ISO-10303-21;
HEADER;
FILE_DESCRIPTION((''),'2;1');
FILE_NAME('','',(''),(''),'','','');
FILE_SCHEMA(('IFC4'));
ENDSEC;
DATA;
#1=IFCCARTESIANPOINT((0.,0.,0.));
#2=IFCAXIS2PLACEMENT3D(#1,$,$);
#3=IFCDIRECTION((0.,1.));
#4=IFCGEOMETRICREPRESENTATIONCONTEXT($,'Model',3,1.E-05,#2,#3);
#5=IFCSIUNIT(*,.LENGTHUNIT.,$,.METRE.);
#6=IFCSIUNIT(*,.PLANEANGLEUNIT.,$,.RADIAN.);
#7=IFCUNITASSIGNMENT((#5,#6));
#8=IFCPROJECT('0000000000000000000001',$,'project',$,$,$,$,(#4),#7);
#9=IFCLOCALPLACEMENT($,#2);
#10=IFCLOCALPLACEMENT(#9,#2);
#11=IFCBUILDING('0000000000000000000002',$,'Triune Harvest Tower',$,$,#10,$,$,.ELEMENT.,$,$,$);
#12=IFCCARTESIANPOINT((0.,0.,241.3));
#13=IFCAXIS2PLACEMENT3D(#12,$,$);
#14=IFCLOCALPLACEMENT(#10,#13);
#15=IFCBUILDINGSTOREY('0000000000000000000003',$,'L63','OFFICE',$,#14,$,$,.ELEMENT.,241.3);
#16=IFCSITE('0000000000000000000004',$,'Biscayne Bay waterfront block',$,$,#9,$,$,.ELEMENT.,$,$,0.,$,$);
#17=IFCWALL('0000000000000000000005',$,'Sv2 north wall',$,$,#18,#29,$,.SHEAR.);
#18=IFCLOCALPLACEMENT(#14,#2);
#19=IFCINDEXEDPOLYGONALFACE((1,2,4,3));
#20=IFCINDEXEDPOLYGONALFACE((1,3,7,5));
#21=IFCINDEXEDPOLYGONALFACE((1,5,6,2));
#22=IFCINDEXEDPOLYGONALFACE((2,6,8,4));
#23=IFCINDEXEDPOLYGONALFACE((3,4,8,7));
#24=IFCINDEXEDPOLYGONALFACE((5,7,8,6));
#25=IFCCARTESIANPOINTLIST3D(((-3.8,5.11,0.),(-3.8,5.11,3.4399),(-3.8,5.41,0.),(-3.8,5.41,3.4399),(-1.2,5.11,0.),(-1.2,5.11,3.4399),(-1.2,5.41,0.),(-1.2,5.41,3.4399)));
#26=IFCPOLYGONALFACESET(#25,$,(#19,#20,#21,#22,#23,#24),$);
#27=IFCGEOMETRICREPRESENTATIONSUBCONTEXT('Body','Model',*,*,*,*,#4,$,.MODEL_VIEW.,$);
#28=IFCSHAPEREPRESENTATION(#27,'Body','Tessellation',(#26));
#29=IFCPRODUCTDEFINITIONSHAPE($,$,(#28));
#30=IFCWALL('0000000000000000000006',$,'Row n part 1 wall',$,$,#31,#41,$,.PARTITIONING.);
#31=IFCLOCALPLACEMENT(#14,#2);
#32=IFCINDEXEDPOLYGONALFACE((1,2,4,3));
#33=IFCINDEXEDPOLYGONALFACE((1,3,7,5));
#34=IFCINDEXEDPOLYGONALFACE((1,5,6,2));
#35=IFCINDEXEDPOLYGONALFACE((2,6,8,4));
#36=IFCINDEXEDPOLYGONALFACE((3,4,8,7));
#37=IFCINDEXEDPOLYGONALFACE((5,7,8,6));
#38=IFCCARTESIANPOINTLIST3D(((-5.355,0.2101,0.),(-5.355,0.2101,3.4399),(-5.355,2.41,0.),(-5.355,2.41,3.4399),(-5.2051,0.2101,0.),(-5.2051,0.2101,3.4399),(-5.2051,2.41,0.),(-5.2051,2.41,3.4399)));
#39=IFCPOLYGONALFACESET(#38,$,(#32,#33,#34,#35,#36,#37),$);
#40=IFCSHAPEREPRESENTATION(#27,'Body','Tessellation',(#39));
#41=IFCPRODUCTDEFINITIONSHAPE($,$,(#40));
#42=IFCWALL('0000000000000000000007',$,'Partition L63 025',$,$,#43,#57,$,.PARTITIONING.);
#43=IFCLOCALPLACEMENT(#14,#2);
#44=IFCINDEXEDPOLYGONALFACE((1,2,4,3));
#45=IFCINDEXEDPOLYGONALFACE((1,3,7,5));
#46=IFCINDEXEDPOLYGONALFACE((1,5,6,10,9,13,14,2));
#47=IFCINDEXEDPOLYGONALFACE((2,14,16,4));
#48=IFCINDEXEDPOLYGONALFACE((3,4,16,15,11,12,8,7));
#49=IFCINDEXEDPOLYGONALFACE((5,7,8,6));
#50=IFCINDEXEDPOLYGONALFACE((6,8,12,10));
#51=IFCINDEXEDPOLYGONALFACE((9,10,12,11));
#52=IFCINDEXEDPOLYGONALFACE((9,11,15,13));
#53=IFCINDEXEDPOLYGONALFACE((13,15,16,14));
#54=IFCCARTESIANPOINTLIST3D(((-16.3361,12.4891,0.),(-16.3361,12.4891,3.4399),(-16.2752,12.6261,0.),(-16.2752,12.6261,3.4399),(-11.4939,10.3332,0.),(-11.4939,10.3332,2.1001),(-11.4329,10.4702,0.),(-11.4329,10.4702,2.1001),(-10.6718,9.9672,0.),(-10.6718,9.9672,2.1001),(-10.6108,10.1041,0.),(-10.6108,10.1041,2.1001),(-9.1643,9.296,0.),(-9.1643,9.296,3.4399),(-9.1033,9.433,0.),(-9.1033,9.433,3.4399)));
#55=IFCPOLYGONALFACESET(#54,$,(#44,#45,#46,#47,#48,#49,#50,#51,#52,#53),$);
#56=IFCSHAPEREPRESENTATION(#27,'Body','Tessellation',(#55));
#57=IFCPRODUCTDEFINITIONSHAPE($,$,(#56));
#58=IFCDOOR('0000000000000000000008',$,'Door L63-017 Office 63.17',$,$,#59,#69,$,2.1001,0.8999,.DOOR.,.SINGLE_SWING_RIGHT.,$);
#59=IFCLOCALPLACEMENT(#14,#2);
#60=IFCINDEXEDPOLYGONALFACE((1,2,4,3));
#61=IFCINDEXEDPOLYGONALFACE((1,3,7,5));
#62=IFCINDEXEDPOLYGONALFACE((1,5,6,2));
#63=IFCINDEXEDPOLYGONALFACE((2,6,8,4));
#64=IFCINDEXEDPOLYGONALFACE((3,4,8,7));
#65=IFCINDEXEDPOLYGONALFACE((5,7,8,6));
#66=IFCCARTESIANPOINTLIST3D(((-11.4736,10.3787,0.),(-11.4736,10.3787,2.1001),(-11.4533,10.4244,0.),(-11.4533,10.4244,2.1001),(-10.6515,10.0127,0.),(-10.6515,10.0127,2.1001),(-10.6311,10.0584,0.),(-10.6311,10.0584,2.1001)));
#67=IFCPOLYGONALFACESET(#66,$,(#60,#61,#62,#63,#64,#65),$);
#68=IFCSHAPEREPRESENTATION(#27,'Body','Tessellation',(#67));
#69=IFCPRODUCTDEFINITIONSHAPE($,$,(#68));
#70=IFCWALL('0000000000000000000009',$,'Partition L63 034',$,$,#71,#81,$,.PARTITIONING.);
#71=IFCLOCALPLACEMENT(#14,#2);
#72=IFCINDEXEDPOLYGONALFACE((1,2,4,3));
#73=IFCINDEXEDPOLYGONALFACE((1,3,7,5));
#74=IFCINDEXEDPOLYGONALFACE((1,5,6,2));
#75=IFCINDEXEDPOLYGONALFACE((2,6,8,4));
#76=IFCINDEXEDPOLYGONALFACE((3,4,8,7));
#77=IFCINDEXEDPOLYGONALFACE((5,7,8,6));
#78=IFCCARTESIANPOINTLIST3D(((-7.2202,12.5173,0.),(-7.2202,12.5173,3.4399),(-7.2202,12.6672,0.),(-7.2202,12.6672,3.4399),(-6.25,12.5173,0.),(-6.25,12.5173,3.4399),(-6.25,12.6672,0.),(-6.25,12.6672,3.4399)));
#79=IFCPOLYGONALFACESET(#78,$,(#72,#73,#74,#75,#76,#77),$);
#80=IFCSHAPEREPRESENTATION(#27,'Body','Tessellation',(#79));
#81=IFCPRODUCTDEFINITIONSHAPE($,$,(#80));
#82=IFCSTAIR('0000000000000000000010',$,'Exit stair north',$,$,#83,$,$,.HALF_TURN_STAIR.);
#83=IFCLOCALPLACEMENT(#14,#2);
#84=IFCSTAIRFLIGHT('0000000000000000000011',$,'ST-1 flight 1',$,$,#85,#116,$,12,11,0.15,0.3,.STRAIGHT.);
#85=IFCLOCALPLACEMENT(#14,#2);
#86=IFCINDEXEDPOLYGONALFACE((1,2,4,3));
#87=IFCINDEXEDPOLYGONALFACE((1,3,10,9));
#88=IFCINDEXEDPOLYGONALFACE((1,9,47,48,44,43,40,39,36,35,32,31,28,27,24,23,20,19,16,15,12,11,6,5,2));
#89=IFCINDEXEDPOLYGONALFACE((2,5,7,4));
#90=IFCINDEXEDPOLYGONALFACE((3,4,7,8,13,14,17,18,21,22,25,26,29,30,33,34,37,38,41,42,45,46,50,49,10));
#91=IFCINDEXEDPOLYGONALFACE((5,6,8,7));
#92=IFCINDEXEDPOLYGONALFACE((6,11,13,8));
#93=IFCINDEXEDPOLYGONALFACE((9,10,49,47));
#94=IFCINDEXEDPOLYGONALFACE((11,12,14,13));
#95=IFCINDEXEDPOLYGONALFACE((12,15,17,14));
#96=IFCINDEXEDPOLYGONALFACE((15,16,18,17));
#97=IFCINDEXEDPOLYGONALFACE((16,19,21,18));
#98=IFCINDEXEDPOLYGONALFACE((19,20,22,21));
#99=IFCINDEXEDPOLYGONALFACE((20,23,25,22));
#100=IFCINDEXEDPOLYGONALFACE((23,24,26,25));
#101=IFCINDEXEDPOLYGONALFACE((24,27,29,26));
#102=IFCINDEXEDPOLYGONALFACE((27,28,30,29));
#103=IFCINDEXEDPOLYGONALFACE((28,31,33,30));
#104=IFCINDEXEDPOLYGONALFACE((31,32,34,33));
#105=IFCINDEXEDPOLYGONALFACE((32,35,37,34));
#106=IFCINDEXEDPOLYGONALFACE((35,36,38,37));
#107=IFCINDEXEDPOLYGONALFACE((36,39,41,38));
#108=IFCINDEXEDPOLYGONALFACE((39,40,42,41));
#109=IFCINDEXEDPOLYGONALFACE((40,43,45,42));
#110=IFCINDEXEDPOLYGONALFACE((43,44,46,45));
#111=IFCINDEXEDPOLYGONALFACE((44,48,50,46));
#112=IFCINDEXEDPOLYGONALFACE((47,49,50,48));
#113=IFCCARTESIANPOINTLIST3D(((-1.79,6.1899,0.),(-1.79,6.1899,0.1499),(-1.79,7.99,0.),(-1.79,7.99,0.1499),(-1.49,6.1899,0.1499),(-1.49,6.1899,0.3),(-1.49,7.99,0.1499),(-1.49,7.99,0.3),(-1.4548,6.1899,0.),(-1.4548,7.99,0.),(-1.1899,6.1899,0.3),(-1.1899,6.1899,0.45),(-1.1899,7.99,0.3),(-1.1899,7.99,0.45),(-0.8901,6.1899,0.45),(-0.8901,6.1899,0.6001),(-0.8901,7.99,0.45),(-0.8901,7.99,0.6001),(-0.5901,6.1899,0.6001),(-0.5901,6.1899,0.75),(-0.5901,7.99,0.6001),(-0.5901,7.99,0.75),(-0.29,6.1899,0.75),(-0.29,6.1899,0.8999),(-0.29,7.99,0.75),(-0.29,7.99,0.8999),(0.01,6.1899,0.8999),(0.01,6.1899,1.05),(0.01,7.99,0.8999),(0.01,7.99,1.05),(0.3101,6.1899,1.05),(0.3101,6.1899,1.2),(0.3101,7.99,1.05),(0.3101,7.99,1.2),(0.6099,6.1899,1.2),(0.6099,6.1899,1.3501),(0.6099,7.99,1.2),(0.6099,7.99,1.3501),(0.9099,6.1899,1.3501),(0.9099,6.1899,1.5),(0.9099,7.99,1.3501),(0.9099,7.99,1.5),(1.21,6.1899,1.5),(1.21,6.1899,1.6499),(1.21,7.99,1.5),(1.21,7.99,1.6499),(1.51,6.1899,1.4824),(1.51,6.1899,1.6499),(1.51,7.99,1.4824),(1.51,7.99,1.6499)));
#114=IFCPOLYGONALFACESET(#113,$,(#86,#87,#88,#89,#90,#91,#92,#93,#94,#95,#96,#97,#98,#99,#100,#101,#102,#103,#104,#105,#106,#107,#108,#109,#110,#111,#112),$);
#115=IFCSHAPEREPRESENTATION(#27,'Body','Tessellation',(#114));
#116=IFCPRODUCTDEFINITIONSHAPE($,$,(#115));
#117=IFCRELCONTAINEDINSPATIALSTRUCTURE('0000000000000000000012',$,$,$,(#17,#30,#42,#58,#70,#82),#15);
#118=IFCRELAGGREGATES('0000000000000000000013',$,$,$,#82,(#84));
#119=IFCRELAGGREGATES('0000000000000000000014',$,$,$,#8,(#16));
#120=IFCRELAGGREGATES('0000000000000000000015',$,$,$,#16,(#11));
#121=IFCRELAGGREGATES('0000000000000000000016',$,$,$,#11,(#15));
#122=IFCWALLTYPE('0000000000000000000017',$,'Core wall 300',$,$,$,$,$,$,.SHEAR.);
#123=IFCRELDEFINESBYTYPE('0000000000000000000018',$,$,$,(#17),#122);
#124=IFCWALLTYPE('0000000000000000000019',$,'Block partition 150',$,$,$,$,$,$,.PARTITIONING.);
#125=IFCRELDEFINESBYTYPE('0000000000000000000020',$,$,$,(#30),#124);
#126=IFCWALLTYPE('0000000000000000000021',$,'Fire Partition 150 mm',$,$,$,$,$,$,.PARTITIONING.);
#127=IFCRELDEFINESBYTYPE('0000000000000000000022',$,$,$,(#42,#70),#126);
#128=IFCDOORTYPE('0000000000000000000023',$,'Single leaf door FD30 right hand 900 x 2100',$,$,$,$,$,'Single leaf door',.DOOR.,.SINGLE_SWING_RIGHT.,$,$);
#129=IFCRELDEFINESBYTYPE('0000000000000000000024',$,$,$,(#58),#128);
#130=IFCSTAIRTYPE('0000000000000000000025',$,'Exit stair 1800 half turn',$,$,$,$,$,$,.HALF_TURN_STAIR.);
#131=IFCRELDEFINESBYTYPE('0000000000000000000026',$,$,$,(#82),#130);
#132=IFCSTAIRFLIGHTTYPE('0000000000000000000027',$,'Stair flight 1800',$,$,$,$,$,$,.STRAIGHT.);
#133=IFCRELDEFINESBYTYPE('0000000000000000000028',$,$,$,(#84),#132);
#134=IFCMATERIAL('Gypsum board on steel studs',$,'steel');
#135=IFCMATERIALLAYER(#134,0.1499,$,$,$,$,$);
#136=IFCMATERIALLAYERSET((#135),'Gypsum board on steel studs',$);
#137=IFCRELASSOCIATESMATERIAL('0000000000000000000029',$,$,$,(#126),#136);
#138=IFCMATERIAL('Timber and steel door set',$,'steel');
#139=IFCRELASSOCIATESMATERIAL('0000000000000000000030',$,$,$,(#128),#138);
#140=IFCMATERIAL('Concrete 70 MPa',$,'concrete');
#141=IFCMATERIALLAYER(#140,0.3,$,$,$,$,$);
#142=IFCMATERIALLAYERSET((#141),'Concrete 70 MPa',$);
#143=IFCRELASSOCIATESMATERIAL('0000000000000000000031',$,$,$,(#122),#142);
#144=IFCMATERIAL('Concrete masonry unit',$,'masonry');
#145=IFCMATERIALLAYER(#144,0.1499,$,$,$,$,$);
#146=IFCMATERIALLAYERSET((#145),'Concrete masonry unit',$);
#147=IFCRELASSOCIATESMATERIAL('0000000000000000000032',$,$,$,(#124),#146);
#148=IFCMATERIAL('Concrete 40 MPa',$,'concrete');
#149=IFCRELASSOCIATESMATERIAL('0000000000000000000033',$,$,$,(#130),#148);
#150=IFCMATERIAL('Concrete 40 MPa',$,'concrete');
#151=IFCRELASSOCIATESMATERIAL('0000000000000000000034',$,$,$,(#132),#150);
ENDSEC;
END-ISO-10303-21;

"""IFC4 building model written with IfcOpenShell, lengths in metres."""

from ifc_helpers import new_model, si_unit, direction, frame, frame_2d, origin, place, context, subcontext, project, spatial, polyline, rectangle, outline, extrude, source, transform, mapped, material, layer, layer_set, type_object, element, fill, aggregate, save


model = new_model("IFC4")

# Units and contexts
model_context = context("Model", 3, precision=1e-05, world=origin(), true_north=direction((0.0, 1.0)))
body_context = subcontext(model_context, "Body", "Model", "MODEL_VIEW")
ifc_project = project(units=[si_unit("LENGTHUNIT", "METRE"), si_unit("PLANEANGLEUNIT", "RADIAN")], contexts=[model_context])

# Site, building, storey
site_placement = place(None, origin())
site = spatial("IfcSite", under=ifc_project, at=site_placement, Name="Biscayne Bay waterfront block", CompositionType="ELEMENT", RefElevation=0.0)
building_placement = place(site_placement, origin())
building = spatial("IfcBuilding", under=site, at=building_placement, Name="Triune Harvest Tower", CompositionType="ELEMENT")
storey_placement = place(building_placement, frame((0.0, 0.0, 241.3)))
storey = spatial("IfcBuildingStorey", under=building, at=storey_placement, Name="L63", Description="OFFICE", CompositionType="ELEMENT", Elevation=241.3)

# Shared definitions
ifc_material_1 = material(Name="Gypsum board on steel studs", Category="steel")
ifc_layer_1 = layer(ifc_material_1, 0.1499)
ifc_layer_set_1 = layer_set([ifc_layer_1], Name="Gypsum board on steel studs")
wall_type_1 = type_object("IfcWallType", Name="Fire Partition 150 mm", PredefinedType="PARTITIONING", material=ifc_layer_set_1)

# Shared definitions
ifc_material_2 = material(Name="Timber and steel door set", Category="steel")
door_type_1 = type_object("IfcDoorType", Name="Single leaf door FD30 right hand 900 x 2100", ElementType="Single leaf door", OperationType="SINGLE_SWING_RIGHT", PredefinedType="DOOR", material=ifc_material_2)

# Shared definitions
ifc_material_3 = material(Name="Concrete 70 MPa", Category="concrete")
ifc_layer_2 = layer(ifc_material_3, 0.3)
ifc_layer_set_2 = layer_set([ifc_layer_2], Name="Concrete 70 MPa")
wall_type_2 = type_object("IfcWallType", Name="Core wall 300", PredefinedType="SHEAR", material=ifc_layer_set_2)

# Walls
shared_shape_1 = source(origin(), body_context, "Body", "SweptSolid", [
    extrude(rectangle(XDim=2.6001, YDim=0.3, at=frame_2d((1.3, 0.0))), origin(), (0.0, 0.0, 1.0), 3.4399),
])
wall_1_placement = place(storey_placement, frame((-3.8, 5.26, 0.0), z_axis=(0.0, 0.0, 1.0), x_axis=(1.0, 0.0, 0.0)))
element("IfcWall", 1, at=wall_1_placement, inside=storey, type_object=wall_type_2, Name="Sv2 north wall", PredefinedType="SHEAR", context=body_context, shape_type="MappedRepresentation", body=[
    mapped(shared_shape_1, transform((0.0, 0.0, 0.0), scale=1.0)),
])
ifc_material_4 = material(Name="Concrete masonry unit", Category="masonry")
ifc_layer_3 = layer(ifc_material_4, 0.1499)
ifc_layer_set_3 = layer_set([ifc_layer_3], Name="Concrete masonry unit")
wall_type_3 = type_object("IfcWallType", Name="Block partition 150", PredefinedType="PARTITIONING", material=ifc_layer_set_3)
shared_shape_2 = source(origin(), body_context, "Body", "SweptSolid", [
    extrude(rectangle(XDim=2.2, YDim=0.1499, at=frame_2d((1.1001, 0.0))), origin(), (0.0, 0.0, 1.0), 3.4399),
])
wall_2_placement = place(storey_placement, frame((-5.28, 0.21, 0.0), z_axis=(0.0, 0.0, 1.0), x_axis=(0.0, 1.0, 0.0)))
element("IfcWall", 2, at=wall_2_placement, inside=storey, type_object=wall_type_3, Name="Row n part 1 wall", PredefinedType="PARTITIONING", context=body_context, shape_type="MappedRepresentation", body=[
    mapped(shared_shape_2, transform((0.0, 0.0, 0.0), scale=1.0)),
])

# Wall, opening, door
shared_shape_3 = source(origin(), body_context, "Body", "SweptSolid", [
    extrude(rectangle(XDim=7.8506, YDim=0.1499, at=frame_2d((3.9253, 0.0))), origin(), (0.0, 0.0, 1.0), 3.4399),
])
wall_3_placement = place(storey_placement, frame((-16.3057, 12.5576, 0.0), z_axis=(0.0, 0.0, 1.0), x_axis=(0.913546, -0.406736, 0.0)))
wall_3 = element("IfcWall", 3, at=wall_3_placement, inside=storey, type_object=wall_type_1, Name="Partition L63 025", PredefinedType="PARTITIONING", context=body_context, shape_type="MappedRepresentation", body=[
    mapped(shared_shape_3, transform((0.0, 0.0, 0.0), scale=1.0)),
])
opening_1_placement = place(wall_3_placement, frame((5.3005, 0.0, 0.0)))
opening_1 = element("IfcOpeningElement", 4, at=opening_1_placement, cuts=wall_3, PredefinedType="OPENING", context=body_context, shape_type="SweptSolid", body=[
    extrude(rectangle(XDim=0.8999, YDim=2.1001, at=frame_2d((0.45, 1.05))), frame((0.0, 0.085, 0.0), z_axis=(0.0, -1.0, 0.0), x_axis=(1.0, 0.0, 0.0)), (0.0, 0.0, 1.0), 0.1699),
])
door_1_placement = place(opening_1_placement, origin())
door_1 = element("IfcDoor", 5, at=door_1_placement, inside=storey, type_object=door_type_1, Name="Door L63-017 Office 63.17", OperationType="SINGLE_SWING_RIGHT", OverallHeight=2.1001, OverallWidth=0.8999, PredefinedType="DOOR", context=body_context, shape_type="SweptSolid", body=[
    extrude(rectangle(XDim=0.8999, YDim=2.1001, at=frame_2d((0.45, 1.05))), frame((0.0, 0.0249, 0.0), z_axis=(0.0, -1.0, 0.0), x_axis=(1.0, 0.0, 0.0)), (0.0, 0.0, 1.0), 0.05),
])
fill(opening_1, door_1)

# Wall
shared_shape_4 = source(origin(), body_context, "Body", "SweptSolid", [
    extrude(rectangle(XDim=0.9702, YDim=0.1499, at=frame_2d((0.4851, 0.0))), origin(), (0.0, 0.0, 1.0), 3.4399),
])
wall_4_placement = place(storey_placement, frame((-7.2202, 12.5923, 0.0), z_axis=(0.0, 0.0, 1.0), x_axis=(1.0, 0.0, 0.0)))
element("IfcWall", 6, at=wall_4_placement, inside=storey, type_object=wall_type_1, Name="Partition L63 034", PredefinedType="PARTITIONING", context=body_context, shape_type="MappedRepresentation", body=[
    mapped(shared_shape_4, transform((0.0, 0.0, 0.0), scale=1.0)),
])

# Stair, stair flight
ifc_material_5 = material(Name="Concrete 40 MPa", Category="concrete")
stair_type = type_object("IfcStairType", Name="Exit stair 1800 half turn", PredefinedType="HALF_TURN_STAIR", material=ifc_material_5)
stair_placement = place(storey_placement, origin())
stair = element("IfcStair", 7, at=stair_placement, inside=storey, type_object=stair_type, Name="Exit stair north", PredefinedType="HALF_TURN_STAIR")
ifc_material_6 = material(Name="Concrete 40 MPa", Category="concrete")
stair_flight_type = type_object("IfcStairFlightType", Name="Stair flight 1800", PredefinedType="STRAIGHT", material=ifc_material_6)
shared_shape_5 = source(origin(), body_context, "Body", "SweptSolid", [
    extrude(outline(polyline([(0.0, 0.0), (0.0, 0.1499), (0.3, 0.1499), (0.3, 0.3), (0.6001, 0.3), (0.6001, 0.45), (0.8999, 0.45), (0.8999, 0.6001), (1.2, 0.6001), (1.2, 0.75), (1.5, 0.75), (1.5, 0.8999), (1.8, 0.8999), (1.8, 1.05), (2.1001, 1.05), (2.1001, 1.2), (2.3999, 1.2), (2.3999, 1.3501), (2.7, 1.3501), (2.7, 1.5), (3.0, 1.5), (3.0, 1.6499), (3.3, 1.6499), (3.3, 1.8), (3.3, 1.4824), (0.3352, 0.0), (0.0, 0.0)])), frame((0.0, 0.8999, 0.0), z_axis=(0.0, -1.0, 0.0), x_axis=(1.0, 0.0, 0.0)), (0.0, 0.0, 1.0), 1.8),
])
stair_flight_placement = place(storey_placement, frame((-1.79, 7.0901, 0.0), z_axis=(0.0, 0.0, 1.0), x_axis=(1.0, 0.0, 0.0)))
stair_flight = element("IfcStairFlight", 8, at=stair_flight_placement, type_object=stair_flight_type, Name="ST-1 flight 1", NumberOfRisers=12, NumberOfTreads=11, PredefinedType="STRAIGHT", RiserHeight=0.15, TreadLength=0.3, context=body_context, shape_type="MappedRepresentation", body=[
    mapped(shared_shape_5, transform((0.0, 0.0, 0.0), scale=1.0)),
])
aggregate(stair, [stair_flight])

save(model, "model.ifc")
